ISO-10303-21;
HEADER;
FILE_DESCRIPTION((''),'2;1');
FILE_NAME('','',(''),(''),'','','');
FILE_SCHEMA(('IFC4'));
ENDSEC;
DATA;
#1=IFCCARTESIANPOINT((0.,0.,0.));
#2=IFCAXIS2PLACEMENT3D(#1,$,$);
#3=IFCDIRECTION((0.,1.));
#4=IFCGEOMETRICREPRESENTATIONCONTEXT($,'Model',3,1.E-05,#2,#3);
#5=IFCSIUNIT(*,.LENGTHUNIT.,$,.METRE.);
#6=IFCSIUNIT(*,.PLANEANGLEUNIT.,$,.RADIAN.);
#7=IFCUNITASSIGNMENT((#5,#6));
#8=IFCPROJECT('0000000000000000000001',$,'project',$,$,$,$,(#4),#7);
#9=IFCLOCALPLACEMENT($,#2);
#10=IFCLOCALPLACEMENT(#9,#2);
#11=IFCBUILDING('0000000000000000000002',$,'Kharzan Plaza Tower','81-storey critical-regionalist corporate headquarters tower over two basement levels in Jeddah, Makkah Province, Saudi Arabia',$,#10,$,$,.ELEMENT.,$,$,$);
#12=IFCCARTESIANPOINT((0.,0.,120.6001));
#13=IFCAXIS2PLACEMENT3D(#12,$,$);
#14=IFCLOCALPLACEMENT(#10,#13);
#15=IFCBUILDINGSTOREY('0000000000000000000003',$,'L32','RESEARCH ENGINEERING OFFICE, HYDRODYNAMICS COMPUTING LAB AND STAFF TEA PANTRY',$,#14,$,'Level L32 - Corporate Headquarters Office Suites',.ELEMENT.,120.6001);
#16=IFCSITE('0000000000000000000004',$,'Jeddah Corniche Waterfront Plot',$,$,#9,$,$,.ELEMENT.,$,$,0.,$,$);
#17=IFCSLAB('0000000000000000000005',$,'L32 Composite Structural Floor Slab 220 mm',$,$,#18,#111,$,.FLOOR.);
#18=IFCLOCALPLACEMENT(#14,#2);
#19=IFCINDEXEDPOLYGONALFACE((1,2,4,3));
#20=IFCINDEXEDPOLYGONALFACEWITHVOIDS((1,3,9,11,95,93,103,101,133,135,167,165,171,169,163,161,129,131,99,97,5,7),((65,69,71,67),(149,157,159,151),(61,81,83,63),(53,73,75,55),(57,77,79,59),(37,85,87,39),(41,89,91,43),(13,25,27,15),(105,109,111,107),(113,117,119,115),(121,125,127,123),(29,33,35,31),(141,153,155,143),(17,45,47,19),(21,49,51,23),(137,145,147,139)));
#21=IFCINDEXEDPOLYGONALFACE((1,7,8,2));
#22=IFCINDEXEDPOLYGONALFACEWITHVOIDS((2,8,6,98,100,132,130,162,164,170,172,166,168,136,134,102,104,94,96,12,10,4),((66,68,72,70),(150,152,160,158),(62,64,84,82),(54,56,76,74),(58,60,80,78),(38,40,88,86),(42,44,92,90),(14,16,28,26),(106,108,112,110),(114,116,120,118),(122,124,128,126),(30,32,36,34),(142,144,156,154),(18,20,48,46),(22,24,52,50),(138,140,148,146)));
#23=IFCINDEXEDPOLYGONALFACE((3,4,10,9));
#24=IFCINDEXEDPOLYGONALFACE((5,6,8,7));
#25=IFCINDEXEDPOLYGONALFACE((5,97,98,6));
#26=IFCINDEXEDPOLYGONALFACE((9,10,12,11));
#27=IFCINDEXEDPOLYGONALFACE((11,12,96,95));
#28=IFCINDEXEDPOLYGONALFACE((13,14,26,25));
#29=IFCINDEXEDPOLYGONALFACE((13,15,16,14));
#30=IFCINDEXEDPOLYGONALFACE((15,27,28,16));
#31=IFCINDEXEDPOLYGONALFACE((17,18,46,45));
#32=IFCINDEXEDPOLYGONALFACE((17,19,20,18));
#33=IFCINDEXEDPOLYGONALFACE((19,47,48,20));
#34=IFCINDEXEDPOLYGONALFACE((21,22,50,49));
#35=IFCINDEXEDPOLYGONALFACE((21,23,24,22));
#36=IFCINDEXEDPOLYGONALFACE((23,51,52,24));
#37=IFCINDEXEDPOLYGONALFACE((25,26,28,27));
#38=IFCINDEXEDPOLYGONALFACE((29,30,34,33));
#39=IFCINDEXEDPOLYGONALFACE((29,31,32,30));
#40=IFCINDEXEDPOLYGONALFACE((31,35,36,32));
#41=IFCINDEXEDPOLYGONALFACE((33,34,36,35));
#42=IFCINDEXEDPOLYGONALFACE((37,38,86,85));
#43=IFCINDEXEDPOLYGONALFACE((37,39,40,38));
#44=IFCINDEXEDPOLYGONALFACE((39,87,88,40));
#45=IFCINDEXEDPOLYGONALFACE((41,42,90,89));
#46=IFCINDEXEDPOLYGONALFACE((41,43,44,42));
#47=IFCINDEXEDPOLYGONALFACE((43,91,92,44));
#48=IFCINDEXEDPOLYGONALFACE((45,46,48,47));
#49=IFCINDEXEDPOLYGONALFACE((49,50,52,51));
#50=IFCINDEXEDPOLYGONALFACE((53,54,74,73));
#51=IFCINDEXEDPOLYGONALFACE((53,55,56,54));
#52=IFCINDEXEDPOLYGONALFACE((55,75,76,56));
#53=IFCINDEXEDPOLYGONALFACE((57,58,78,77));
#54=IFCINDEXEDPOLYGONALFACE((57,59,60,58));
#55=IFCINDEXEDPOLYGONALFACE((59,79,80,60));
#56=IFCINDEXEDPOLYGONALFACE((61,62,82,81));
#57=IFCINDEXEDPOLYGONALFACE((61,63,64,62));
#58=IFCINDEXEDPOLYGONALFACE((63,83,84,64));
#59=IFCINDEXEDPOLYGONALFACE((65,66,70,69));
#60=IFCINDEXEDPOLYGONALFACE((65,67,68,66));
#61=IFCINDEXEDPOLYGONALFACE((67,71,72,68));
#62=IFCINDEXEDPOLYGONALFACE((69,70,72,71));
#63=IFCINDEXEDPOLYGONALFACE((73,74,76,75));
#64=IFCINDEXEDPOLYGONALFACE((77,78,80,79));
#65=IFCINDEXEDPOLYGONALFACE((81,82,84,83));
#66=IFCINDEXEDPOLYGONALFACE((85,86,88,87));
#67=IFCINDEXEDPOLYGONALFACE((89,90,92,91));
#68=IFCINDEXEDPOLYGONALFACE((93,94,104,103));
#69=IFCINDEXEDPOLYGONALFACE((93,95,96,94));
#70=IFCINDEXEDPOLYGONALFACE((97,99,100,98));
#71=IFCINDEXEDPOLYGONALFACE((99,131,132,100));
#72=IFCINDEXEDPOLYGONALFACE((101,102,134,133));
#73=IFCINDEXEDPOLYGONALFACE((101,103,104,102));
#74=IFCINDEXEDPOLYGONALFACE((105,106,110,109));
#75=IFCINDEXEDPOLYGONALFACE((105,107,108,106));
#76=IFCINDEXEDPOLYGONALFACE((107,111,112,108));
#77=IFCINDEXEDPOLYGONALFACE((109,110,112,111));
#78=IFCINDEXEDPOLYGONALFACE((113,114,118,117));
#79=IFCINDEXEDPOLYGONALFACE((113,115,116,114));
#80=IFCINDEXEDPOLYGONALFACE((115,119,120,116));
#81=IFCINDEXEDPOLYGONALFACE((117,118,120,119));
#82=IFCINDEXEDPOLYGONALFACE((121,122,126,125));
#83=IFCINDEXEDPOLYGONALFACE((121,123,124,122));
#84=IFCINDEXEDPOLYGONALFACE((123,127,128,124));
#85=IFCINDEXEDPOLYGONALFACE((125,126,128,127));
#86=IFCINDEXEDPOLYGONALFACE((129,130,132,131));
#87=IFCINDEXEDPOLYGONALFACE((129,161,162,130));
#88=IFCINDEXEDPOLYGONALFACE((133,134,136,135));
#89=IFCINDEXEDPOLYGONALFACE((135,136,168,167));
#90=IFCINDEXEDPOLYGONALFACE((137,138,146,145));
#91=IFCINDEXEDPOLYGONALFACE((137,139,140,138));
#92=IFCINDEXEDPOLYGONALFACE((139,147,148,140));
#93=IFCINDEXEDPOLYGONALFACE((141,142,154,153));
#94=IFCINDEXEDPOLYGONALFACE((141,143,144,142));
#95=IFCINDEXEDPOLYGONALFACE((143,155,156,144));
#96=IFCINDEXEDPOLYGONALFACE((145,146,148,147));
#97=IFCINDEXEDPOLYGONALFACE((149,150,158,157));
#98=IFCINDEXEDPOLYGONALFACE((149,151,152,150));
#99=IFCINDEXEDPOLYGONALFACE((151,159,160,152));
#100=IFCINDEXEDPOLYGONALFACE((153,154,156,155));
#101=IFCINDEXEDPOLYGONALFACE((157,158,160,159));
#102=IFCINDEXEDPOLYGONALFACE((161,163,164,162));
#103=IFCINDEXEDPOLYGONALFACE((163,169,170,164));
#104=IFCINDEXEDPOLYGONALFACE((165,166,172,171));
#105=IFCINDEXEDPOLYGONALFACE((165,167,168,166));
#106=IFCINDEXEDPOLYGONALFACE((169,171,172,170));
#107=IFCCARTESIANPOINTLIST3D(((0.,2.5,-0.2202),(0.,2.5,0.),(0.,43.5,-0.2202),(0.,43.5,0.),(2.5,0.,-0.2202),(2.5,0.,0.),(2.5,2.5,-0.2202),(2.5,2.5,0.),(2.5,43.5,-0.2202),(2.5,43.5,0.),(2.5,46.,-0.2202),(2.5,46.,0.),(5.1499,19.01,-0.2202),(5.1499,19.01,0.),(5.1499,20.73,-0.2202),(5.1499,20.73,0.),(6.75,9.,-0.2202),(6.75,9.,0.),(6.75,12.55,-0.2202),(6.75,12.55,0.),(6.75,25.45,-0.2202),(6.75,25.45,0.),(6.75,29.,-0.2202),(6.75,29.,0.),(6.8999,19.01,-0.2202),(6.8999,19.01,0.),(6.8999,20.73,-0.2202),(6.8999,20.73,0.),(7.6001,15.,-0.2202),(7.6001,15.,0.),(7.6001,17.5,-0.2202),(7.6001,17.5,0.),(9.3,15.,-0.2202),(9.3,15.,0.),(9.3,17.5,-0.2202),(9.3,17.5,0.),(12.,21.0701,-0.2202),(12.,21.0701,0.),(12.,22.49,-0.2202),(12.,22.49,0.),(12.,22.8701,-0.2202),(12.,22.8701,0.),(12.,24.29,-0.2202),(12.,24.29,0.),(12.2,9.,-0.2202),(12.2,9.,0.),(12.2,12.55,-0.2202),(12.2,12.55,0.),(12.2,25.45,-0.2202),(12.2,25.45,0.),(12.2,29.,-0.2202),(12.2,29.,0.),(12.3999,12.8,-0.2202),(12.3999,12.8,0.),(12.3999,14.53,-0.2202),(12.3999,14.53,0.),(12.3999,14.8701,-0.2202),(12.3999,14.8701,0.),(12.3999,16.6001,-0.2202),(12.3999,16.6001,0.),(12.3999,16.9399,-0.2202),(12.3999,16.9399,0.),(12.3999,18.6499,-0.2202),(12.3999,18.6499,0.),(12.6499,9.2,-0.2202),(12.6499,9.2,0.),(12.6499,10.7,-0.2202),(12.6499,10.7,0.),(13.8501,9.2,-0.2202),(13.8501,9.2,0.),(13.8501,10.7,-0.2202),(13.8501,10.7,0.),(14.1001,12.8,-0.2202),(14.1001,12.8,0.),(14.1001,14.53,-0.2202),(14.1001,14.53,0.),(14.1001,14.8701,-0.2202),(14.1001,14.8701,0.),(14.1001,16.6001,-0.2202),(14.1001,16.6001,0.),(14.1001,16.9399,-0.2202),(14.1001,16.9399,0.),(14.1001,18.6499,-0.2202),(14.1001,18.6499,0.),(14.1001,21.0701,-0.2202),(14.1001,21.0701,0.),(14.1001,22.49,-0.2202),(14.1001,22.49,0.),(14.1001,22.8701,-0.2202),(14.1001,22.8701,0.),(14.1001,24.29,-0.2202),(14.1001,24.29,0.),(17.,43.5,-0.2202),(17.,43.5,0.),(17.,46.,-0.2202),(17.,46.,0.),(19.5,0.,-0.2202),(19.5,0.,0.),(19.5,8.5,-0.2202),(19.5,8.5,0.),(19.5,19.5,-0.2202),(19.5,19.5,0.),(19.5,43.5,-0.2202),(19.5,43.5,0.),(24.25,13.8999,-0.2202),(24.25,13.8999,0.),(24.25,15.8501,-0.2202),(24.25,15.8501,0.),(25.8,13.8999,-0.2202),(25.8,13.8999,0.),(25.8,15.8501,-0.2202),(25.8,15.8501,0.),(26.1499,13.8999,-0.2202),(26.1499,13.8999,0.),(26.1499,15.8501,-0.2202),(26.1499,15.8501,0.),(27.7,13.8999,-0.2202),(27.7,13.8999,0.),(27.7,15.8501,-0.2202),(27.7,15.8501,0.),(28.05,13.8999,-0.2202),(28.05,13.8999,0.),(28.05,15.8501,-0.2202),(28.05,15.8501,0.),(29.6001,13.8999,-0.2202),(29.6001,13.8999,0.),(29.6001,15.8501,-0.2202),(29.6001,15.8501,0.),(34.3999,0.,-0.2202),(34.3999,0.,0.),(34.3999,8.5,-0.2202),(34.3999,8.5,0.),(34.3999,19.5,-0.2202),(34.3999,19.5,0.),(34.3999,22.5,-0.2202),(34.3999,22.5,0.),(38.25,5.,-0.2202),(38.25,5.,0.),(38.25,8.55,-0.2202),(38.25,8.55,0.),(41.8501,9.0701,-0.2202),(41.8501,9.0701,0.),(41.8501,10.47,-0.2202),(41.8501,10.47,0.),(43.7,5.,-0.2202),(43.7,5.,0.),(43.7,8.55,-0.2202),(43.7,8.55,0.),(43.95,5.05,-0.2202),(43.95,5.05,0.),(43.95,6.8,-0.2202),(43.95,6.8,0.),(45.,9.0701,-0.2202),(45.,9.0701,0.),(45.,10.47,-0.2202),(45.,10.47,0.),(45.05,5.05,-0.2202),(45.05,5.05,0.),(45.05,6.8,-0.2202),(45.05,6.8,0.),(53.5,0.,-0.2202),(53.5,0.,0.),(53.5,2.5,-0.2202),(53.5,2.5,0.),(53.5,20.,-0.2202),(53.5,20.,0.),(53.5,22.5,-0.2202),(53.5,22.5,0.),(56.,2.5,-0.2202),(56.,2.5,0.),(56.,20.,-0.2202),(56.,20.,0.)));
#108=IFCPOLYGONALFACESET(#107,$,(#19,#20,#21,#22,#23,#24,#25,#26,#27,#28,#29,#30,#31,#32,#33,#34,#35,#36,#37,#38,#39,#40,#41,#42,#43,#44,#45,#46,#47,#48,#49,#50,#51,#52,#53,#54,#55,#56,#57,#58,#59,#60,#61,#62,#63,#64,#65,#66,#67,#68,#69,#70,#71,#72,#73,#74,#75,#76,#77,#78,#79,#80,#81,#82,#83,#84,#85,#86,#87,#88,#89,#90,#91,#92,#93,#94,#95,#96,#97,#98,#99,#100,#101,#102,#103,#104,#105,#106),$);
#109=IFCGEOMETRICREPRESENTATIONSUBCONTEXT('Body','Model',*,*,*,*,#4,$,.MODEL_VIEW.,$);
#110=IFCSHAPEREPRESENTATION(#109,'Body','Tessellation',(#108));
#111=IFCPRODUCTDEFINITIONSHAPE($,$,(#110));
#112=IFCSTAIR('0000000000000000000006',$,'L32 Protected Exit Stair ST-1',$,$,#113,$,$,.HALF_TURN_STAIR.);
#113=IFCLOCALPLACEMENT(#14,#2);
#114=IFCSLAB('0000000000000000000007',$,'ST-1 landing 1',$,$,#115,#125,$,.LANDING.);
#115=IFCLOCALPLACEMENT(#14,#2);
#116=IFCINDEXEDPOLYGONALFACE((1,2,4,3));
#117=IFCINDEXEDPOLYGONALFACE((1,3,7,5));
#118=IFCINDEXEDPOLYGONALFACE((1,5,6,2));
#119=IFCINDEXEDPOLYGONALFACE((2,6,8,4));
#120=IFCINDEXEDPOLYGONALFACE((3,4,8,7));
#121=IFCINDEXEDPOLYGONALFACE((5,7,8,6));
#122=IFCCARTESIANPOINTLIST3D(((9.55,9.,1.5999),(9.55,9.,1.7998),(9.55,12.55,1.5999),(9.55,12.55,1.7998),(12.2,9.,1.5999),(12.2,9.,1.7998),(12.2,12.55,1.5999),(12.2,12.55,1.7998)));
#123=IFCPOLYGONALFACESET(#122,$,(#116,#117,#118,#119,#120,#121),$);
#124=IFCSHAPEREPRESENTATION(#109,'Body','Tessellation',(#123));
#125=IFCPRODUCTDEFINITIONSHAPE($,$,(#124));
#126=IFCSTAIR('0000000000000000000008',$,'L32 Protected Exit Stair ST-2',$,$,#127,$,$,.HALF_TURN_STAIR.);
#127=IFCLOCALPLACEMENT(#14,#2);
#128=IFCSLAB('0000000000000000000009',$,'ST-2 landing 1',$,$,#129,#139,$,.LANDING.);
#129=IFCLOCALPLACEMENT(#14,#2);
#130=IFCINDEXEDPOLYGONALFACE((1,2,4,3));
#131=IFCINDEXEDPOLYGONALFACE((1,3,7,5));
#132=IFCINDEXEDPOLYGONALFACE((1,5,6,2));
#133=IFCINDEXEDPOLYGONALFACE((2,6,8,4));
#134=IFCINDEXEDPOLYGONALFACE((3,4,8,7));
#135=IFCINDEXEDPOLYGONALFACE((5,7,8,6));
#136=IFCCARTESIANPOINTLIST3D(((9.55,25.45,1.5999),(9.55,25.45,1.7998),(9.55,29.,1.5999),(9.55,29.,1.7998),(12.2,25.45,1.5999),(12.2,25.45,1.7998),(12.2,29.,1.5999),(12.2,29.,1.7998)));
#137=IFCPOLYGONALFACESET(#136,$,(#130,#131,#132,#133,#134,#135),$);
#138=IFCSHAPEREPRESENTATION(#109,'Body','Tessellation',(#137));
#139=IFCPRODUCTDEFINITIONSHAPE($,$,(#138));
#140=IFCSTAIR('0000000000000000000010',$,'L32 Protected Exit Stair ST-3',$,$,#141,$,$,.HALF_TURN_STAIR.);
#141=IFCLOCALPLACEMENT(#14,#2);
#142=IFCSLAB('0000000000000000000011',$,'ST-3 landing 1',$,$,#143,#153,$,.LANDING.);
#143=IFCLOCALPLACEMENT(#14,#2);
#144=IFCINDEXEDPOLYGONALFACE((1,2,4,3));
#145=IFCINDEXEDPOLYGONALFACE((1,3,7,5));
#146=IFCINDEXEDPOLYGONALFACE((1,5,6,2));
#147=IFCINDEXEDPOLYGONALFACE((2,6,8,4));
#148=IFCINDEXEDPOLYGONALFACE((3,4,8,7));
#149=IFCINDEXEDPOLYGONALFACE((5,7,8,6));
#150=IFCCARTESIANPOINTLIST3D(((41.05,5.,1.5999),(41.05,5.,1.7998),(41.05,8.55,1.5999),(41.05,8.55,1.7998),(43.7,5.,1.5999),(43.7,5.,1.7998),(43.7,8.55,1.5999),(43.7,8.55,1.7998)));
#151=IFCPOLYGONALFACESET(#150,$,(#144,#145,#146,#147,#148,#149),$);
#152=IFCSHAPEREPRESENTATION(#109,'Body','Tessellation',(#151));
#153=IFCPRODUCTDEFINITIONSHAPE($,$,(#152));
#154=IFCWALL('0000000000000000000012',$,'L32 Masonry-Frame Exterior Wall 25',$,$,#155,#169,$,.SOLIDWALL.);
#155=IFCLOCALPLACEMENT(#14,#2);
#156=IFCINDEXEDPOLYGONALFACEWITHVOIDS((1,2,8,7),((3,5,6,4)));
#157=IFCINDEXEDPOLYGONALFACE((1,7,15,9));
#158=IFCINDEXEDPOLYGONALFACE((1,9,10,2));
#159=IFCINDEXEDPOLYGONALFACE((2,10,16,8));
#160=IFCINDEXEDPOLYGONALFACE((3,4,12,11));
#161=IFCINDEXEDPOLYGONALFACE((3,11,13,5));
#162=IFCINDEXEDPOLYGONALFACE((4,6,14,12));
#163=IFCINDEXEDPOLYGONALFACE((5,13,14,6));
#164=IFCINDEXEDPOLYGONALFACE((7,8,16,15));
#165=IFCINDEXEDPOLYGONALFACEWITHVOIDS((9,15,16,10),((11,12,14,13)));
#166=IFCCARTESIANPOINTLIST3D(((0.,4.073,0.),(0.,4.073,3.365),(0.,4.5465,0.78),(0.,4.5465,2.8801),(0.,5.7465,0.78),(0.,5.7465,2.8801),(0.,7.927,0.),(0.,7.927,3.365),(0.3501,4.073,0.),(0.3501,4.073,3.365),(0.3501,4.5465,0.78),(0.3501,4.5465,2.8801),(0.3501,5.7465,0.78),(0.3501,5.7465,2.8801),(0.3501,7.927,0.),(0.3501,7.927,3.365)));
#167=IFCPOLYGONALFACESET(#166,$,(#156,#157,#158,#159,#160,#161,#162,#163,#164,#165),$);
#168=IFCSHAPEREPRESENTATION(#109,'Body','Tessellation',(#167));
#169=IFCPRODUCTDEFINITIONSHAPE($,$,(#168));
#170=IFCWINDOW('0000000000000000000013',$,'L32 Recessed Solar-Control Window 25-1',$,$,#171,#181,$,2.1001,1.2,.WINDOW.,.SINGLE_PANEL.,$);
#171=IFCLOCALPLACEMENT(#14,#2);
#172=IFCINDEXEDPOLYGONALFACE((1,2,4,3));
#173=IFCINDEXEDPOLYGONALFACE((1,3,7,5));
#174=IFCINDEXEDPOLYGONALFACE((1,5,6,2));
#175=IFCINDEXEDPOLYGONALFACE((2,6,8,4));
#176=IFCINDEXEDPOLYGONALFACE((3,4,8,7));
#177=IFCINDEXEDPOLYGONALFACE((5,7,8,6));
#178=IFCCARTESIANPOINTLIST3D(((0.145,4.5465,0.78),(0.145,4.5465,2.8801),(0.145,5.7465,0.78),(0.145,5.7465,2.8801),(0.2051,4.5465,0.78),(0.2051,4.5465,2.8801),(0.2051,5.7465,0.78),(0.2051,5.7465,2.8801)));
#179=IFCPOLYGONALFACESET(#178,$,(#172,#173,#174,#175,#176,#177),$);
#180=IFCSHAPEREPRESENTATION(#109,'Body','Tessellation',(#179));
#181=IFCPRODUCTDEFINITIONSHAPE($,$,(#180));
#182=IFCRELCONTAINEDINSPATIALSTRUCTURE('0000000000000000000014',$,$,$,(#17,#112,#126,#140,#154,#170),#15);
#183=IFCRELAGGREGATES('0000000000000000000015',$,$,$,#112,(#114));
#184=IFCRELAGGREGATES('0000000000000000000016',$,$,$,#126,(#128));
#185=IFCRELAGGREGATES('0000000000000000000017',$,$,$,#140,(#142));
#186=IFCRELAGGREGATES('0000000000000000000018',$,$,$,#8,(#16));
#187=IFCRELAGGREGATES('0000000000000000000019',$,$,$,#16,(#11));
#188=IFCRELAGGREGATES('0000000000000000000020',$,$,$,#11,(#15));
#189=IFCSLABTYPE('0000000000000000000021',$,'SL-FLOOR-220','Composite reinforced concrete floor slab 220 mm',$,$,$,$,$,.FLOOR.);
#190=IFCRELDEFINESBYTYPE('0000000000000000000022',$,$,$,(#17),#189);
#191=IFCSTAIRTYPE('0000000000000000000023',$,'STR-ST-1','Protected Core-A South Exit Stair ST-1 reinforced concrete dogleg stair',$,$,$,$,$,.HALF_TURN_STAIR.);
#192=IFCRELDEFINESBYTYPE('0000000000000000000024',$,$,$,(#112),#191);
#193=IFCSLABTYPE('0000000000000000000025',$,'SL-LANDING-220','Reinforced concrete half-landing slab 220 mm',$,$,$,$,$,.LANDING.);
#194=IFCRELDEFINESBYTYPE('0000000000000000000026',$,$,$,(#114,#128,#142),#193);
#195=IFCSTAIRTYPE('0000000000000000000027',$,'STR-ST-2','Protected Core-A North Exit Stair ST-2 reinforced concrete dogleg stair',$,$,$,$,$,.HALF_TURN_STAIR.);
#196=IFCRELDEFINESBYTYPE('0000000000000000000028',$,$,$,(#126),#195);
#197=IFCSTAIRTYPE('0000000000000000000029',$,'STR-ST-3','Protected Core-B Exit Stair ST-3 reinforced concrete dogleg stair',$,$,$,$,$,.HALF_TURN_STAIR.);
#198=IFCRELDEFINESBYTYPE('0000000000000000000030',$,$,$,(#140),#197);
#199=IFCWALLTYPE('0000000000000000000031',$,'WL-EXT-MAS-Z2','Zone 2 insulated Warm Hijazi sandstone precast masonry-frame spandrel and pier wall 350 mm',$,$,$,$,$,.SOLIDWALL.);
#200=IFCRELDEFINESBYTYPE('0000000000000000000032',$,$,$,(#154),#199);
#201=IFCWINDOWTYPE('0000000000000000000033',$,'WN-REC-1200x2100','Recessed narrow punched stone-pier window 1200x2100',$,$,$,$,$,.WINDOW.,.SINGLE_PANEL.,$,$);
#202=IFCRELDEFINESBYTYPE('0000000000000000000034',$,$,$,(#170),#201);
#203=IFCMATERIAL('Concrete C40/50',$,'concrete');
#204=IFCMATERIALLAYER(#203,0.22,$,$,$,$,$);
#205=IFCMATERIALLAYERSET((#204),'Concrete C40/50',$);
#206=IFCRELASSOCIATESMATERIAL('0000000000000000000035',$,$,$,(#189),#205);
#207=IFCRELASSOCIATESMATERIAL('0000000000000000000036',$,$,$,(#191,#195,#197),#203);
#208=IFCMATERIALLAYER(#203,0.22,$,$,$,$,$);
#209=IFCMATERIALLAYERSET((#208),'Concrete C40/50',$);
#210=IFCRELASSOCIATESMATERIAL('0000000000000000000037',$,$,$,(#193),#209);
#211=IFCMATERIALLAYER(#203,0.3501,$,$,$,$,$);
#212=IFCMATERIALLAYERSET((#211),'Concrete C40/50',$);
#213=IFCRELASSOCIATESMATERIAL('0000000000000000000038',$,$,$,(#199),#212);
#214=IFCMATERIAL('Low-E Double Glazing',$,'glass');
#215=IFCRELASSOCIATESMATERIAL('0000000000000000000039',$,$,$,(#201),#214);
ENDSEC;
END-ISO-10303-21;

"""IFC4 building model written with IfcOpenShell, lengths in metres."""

from ifc_helpers import new_model, si_unit, direction, frame, frame_2d, origin, place, context, subcontext, project, spatial, polyline, rectangle, outline, extrude, source, transform, mapped, material, layer, layer_set, type_object, element, fill, aggregate, save


model = new_model("IFC4")

# Units and contexts
model_context = context("Model", 3, precision=1e-05, world=origin(), true_north=direction((0.0, 1.0)))
body_context = subcontext(model_context, "Body", "Model", "MODEL_VIEW")
ifc_project = project(units=[si_unit("LENGTHUNIT", "METRE"), si_unit("PLANEANGLEUNIT", "RADIAN")], contexts=[model_context])

# Site, building, storey
site_placement = place(None, origin())
site = spatial("IfcSite", under=ifc_project, at=site_placement, Name="Jeddah Corniche Waterfront Plot", CompositionType="ELEMENT", RefElevation=0.0)
building_placement = place(site_placement, origin())
building = spatial("IfcBuilding", under=site, at=building_placement, Name="Kharzan Plaza Tower", Description="81-storey critical-regionalist corporate headquarters tower over two basement levels in Jeddah, Makkah Province, Saudi Arabia", CompositionType="ELEMENT")
storey_placement = place(building_placement, frame((0.0, 0.0, 120.6001)))
storey = spatial("IfcBuildingStorey", under=building, at=storey_placement, Name="L32", Description="RESEARCH ENGINEERING OFFICE, HYDRODYNAMICS COMPUTING LAB AND STAFF TEA PANTRY", LongName="Level L32 - Corporate Headquarters Office Suites", CompositionType="ELEMENT", Elevation=120.6001)

# Slab
ifc_material_1 = material(Name="Concrete C40/50", Category="concrete")
ifc_layer_1 = layer(ifc_material_1, 0.22)
ifc_layer_set_1 = layer_set([ifc_layer_1], Name="Concrete C40/50")
slab_type_1 = type_object("IfcSlabType", Name="SL-FLOOR-220", Description="Composite reinforced concrete floor slab 220 mm", PredefinedType="FLOOR", material=ifc_layer_set_1)
slab_1_placement = place(storey_placement, frame((0.0, 0.0, -0.2202)))
element("IfcSlab", 1, at=slab_1_placement, inside=storey, type_object=slab_type_1, Name="L32 Composite Structural Floor Slab 220 mm", PredefinedType="FLOOR", context=body_context, shape_type="SweptSolid", body=[
    extrude(outline(polyline([(34.3999, 19.5), (19.5, 19.5), (19.5, 43.5), (17.0, 43.5), (17.0, 46.0), (2.5, 46.0), (2.5, 43.5), (0.0, 43.5), (0.0, 2.5), (2.5, 2.5), (2.5, 0.0), (19.5, 0.0), (19.5, 8.5), (34.3999, 8.5), (34.3999, 0.0), (53.5, 0.0), (53.5, 2.5), (56.0, 2.5), (56.0, 20.0), (53.5, 20.0), (53.5, 22.5), (34.3999, 22.5), (34.3999, 19.5)]), holes=[polyline([(12.2, 9.0), (12.2, 12.55), (6.75, 12.55), (6.75, 9.0), (12.2, 9.0)]), polyline([(14.1001, 12.8), (14.1001, 14.53), (12.3999, 14.53), (12.3999, 12.8), (14.1001, 12.8)]), polyline([(14.1001, 14.8701), (14.1001, 16.6001), (12.3999, 16.6001), (12.3999, 14.8701), (14.1001, 14.8701)]), polyline([(9.3, 15.0), (9.3, 17.5), (7.6001, 17.5), (7.6001, 15.0), (9.3, 15.0)]), polyline([(6.8999, 19.01), (6.8999, 20.73), (5.1499, 20.73), (5.1499, 19.01), (6.8999, 19.01)]), polyline([(14.1001, 21.0701), (14.1001, 22.49), (12.0, 22.49), (12.0, 21.0701), (14.1001, 21.0701)]), polyline([(14.1001, 22.8701), (14.1001, 24.29), (12.0, 24.29), (12.0, 22.8701), (14.1001, 22.8701)]), polyline([(12.2, 25.45), (12.2, 29.0), (6.75, 29.0), (6.75, 25.45), (12.2, 25.45)]), polyline([(45.05, 5.05), (45.05, 6.8), (43.95, 6.8), (43.95, 5.05), (45.05, 5.05)]), polyline([(43.7, 5.0), (43.7, 8.55), (38.25, 8.55), (38.25, 5.0), (43.7, 5.0)]), polyline([(45.0, 9.0701), (45.0, 10.47), (41.8501, 10.47), (41.8501, 9.0701), (45.0, 9.0701)]), polyline([(13.8501, 9.2), (13.8501, 10.7), (12.6499, 10.7), (12.6499, 9.2), (13.8501, 9.2)]), polyline([(25.8, 13.8999), (25.8, 15.8501), (24.25, 15.8501), (24.25, 13.8999), (25.8, 13.8999)]), polyline([(27.7, 13.8999), (27.7, 15.8501), (26.1499, 15.8501), (26.1499, 13.8999), (27.7, 13.8999)]), polyline([(29.6001, 13.8999), (29.6001, 15.8501), (28.05, 15.8501), (28.05, 13.8999), (29.6001, 13.8999)]), polyline([(14.1001, 16.9399), (14.1001, 18.6499), (12.3999, 18.6499), (12.3999, 16.9399), (14.1001, 16.9399)])]), origin(), (0.0, 0.0, 1.0), 0.2202),
])

# Stairs, slabs
stair_type_1 = type_object("IfcStairType", Name="STR-ST-1", Description="Protected Core-A South Exit Stair ST-1 reinforced concrete dogleg stair", PredefinedType="HALF_TURN_STAIR", material=ifc_material_1)
stair_1_placement = place(storey_placement, origin())
stair_1 = element("IfcStair", 2, at=stair_1_placement, inside=storey, type_object=stair_type_1, Name="L32 Protected Exit Stair ST-1", PredefinedType="HALF_TURN_STAIR")
ifc_layer_2 = layer(ifc_material_1, 0.22)
ifc_layer_set_2 = layer_set([ifc_layer_2], Name="Concrete C40/50")
slab_type_2 = type_object("IfcSlabType", Name="SL-LANDING-220", Description="Reinforced concrete half-landing slab 220 mm", PredefinedType="LANDING", material=ifc_layer_set_2)
slab_2_placement = place(storey_placement, frame((0.0, 0.0, 1.5999)))
slab_2 = element("IfcSlab", 3, at=slab_2_placement, type_object=slab_type_2, Name="ST-1 landing 1", PredefinedType="LANDING", context=body_context, shape_type="SweptSolid", body=[
    extrude(outline(polyline([(9.55, 9.0), (12.2, 9.0), (12.2, 12.55), (9.55, 12.55), (9.55, 9.0)])), origin(), (0.0, 0.0, 1.0), 0.2),
])
aggregate(stair_1, [slab_2])
stair_type_2 = type_object("IfcStairType", Name="STR-ST-2", Description="Protected Core-A North Exit Stair ST-2 reinforced concrete dogleg stair", PredefinedType="HALF_TURN_STAIR", material=ifc_material_1)
stair_2_placement = place(storey_placement, origin())
stair_2 = element("IfcStair", 4, at=stair_2_placement, inside=storey, type_object=stair_type_2, Name="L32 Protected Exit Stair ST-2", PredefinedType="HALF_TURN_STAIR")
slab_3_placement = place(storey_placement, frame((0.0, 0.0, 1.5999)))
slab_3 = element("IfcSlab", 5, at=slab_3_placement, type_object=slab_type_2, Name="ST-2 landing 1", PredefinedType="LANDING", context=body_context, shape_type="SweptSolid", body=[
    extrude(outline(polyline([(9.55, 25.45), (12.2, 25.45), (12.2, 29.0), (9.55, 29.0), (9.55, 25.45)])), origin(), (0.0, 0.0, 1.0), 0.2),
])
aggregate(stair_2, [slab_3])
stair_type_3 = type_object("IfcStairType", Name="STR-ST-3", Description="Protected Core-B Exit Stair ST-3 reinforced concrete dogleg stair", PredefinedType="HALF_TURN_STAIR", material=ifc_material_1)
stair_3_placement = place(storey_placement, origin())
stair_3 = element("IfcStair", 6, at=stair_3_placement, inside=storey, type_object=stair_type_3, Name="L32 Protected Exit Stair ST-3", PredefinedType="HALF_TURN_STAIR")
slab_4_placement = place(storey_placement, frame((0.0, 0.0, 1.5999)))
slab_4 = element("IfcSlab", 7, at=slab_4_placement, type_object=slab_type_2, Name="ST-3 landing 1", PredefinedType="LANDING", context=body_context, shape_type="SweptSolid", body=[
    extrude(outline(polyline([(41.05, 5.0), (43.7, 5.0), (43.7, 8.55), (41.05, 8.55), (41.05, 5.0)])), origin(), (0.0, 0.0, 1.0), 0.2),
])
aggregate(stair_3, [slab_4])

# Wall, opening, window
ifc_layer_3 = layer(ifc_material_1, 0.3501)
ifc_layer_set_3 = layer_set([ifc_layer_3], Name="Concrete C40/50")
wall_type_1 = type_object("IfcWallType", Name="WL-EXT-MAS-Z2", Description="Zone 2 insulated Warm Hijazi sandstone precast masonry-frame spandrel and pier wall 350 mm", PredefinedType="SOLIDWALL", material=ifc_layer_set_3)
wall_1_placement = place(storey_placement, frame((0.175, 7.927, 0.0), z_axis=(0.0, 0.0, 1.0), x_axis=(0.0, -1.0, 0.0)))
wall_1 = element("IfcWall", 8, at=wall_1_placement, inside=storey, type_object=wall_type_1, Name="L32 Masonry-Frame Exterior Wall 25", PredefinedType="SOLIDWALL", context=body_context, shape_type="SweptSolid", body=[
    extrude(rectangle(XDim=3.854, YDim=0.3501, at=frame_2d((1.927, 0.0))), origin(), (0.0, 0.0, 1.0), 3.365),
])
opening_1_placement = place(wall_1_placement, frame((2.1804, 0.0, 0.78)))
opening_1 = element("IfcOpeningElement", 9, at=opening_1_placement, cuts=wall_1, PredefinedType="OPENING", context=body_context, shape_type="SweptSolid", body=[
    extrude(rectangle(XDim=1.2, YDim=2.1001, at=frame_2d((0.6001, 1.05))), frame((0.0, 0.1851, 0.0), z_axis=(0.0, -1.0, 0.0), x_axis=(1.0, 0.0, 0.0)), (0.0, 0.0, 1.0), 0.3701),
])
ifc_material_2 = material(Name="Low-E Double Glazing", Category="glass")
window_type_1 = type_object("IfcWindowType", Name="WN-REC-1200x2100", Description="Recessed narrow punched stone-pier window 1200x2100", PartitioningType="SINGLE_PANEL", PredefinedType="WINDOW", material=ifc_material_2)
shared_shape_1 = source(origin(), body_context, "Body", "SweptSolid", [
    extrude(rectangle(XDim=1.2, YDim=2.1001, at=frame_2d((0.6001, 1.05))), frame((0.0, 0.03, 0.0), z_axis=(0.0, -1.0, 0.0), x_axis=(1.0, 0.0, 0.0)), (0.0, 0.0, 1.0), 0.0601),
])
window_1_placement = place(opening_1_placement, origin())
window_1 = element("IfcWindow", 10, at=window_1_placement, inside=storey, type_object=window_type_1, Name="L32 Recessed Solar-Control Window 25-1", OverallHeight=2.1001, OverallWidth=1.2, PartitioningType="SINGLE_PANEL", PredefinedType="WINDOW", context=body_context, shape_type="MappedRepresentation", body=[
    mapped(shared_shape_1, transform((0.0, 0.0, 0.0), x_axis=(1.0, 0.0, 0.0), y_axis=(0.0, 1.0, 0.0), z_axis=(0.0, 0.0, 1.0))),
])
fill(opening_1, window_1)

save(model, "model.ifc")
